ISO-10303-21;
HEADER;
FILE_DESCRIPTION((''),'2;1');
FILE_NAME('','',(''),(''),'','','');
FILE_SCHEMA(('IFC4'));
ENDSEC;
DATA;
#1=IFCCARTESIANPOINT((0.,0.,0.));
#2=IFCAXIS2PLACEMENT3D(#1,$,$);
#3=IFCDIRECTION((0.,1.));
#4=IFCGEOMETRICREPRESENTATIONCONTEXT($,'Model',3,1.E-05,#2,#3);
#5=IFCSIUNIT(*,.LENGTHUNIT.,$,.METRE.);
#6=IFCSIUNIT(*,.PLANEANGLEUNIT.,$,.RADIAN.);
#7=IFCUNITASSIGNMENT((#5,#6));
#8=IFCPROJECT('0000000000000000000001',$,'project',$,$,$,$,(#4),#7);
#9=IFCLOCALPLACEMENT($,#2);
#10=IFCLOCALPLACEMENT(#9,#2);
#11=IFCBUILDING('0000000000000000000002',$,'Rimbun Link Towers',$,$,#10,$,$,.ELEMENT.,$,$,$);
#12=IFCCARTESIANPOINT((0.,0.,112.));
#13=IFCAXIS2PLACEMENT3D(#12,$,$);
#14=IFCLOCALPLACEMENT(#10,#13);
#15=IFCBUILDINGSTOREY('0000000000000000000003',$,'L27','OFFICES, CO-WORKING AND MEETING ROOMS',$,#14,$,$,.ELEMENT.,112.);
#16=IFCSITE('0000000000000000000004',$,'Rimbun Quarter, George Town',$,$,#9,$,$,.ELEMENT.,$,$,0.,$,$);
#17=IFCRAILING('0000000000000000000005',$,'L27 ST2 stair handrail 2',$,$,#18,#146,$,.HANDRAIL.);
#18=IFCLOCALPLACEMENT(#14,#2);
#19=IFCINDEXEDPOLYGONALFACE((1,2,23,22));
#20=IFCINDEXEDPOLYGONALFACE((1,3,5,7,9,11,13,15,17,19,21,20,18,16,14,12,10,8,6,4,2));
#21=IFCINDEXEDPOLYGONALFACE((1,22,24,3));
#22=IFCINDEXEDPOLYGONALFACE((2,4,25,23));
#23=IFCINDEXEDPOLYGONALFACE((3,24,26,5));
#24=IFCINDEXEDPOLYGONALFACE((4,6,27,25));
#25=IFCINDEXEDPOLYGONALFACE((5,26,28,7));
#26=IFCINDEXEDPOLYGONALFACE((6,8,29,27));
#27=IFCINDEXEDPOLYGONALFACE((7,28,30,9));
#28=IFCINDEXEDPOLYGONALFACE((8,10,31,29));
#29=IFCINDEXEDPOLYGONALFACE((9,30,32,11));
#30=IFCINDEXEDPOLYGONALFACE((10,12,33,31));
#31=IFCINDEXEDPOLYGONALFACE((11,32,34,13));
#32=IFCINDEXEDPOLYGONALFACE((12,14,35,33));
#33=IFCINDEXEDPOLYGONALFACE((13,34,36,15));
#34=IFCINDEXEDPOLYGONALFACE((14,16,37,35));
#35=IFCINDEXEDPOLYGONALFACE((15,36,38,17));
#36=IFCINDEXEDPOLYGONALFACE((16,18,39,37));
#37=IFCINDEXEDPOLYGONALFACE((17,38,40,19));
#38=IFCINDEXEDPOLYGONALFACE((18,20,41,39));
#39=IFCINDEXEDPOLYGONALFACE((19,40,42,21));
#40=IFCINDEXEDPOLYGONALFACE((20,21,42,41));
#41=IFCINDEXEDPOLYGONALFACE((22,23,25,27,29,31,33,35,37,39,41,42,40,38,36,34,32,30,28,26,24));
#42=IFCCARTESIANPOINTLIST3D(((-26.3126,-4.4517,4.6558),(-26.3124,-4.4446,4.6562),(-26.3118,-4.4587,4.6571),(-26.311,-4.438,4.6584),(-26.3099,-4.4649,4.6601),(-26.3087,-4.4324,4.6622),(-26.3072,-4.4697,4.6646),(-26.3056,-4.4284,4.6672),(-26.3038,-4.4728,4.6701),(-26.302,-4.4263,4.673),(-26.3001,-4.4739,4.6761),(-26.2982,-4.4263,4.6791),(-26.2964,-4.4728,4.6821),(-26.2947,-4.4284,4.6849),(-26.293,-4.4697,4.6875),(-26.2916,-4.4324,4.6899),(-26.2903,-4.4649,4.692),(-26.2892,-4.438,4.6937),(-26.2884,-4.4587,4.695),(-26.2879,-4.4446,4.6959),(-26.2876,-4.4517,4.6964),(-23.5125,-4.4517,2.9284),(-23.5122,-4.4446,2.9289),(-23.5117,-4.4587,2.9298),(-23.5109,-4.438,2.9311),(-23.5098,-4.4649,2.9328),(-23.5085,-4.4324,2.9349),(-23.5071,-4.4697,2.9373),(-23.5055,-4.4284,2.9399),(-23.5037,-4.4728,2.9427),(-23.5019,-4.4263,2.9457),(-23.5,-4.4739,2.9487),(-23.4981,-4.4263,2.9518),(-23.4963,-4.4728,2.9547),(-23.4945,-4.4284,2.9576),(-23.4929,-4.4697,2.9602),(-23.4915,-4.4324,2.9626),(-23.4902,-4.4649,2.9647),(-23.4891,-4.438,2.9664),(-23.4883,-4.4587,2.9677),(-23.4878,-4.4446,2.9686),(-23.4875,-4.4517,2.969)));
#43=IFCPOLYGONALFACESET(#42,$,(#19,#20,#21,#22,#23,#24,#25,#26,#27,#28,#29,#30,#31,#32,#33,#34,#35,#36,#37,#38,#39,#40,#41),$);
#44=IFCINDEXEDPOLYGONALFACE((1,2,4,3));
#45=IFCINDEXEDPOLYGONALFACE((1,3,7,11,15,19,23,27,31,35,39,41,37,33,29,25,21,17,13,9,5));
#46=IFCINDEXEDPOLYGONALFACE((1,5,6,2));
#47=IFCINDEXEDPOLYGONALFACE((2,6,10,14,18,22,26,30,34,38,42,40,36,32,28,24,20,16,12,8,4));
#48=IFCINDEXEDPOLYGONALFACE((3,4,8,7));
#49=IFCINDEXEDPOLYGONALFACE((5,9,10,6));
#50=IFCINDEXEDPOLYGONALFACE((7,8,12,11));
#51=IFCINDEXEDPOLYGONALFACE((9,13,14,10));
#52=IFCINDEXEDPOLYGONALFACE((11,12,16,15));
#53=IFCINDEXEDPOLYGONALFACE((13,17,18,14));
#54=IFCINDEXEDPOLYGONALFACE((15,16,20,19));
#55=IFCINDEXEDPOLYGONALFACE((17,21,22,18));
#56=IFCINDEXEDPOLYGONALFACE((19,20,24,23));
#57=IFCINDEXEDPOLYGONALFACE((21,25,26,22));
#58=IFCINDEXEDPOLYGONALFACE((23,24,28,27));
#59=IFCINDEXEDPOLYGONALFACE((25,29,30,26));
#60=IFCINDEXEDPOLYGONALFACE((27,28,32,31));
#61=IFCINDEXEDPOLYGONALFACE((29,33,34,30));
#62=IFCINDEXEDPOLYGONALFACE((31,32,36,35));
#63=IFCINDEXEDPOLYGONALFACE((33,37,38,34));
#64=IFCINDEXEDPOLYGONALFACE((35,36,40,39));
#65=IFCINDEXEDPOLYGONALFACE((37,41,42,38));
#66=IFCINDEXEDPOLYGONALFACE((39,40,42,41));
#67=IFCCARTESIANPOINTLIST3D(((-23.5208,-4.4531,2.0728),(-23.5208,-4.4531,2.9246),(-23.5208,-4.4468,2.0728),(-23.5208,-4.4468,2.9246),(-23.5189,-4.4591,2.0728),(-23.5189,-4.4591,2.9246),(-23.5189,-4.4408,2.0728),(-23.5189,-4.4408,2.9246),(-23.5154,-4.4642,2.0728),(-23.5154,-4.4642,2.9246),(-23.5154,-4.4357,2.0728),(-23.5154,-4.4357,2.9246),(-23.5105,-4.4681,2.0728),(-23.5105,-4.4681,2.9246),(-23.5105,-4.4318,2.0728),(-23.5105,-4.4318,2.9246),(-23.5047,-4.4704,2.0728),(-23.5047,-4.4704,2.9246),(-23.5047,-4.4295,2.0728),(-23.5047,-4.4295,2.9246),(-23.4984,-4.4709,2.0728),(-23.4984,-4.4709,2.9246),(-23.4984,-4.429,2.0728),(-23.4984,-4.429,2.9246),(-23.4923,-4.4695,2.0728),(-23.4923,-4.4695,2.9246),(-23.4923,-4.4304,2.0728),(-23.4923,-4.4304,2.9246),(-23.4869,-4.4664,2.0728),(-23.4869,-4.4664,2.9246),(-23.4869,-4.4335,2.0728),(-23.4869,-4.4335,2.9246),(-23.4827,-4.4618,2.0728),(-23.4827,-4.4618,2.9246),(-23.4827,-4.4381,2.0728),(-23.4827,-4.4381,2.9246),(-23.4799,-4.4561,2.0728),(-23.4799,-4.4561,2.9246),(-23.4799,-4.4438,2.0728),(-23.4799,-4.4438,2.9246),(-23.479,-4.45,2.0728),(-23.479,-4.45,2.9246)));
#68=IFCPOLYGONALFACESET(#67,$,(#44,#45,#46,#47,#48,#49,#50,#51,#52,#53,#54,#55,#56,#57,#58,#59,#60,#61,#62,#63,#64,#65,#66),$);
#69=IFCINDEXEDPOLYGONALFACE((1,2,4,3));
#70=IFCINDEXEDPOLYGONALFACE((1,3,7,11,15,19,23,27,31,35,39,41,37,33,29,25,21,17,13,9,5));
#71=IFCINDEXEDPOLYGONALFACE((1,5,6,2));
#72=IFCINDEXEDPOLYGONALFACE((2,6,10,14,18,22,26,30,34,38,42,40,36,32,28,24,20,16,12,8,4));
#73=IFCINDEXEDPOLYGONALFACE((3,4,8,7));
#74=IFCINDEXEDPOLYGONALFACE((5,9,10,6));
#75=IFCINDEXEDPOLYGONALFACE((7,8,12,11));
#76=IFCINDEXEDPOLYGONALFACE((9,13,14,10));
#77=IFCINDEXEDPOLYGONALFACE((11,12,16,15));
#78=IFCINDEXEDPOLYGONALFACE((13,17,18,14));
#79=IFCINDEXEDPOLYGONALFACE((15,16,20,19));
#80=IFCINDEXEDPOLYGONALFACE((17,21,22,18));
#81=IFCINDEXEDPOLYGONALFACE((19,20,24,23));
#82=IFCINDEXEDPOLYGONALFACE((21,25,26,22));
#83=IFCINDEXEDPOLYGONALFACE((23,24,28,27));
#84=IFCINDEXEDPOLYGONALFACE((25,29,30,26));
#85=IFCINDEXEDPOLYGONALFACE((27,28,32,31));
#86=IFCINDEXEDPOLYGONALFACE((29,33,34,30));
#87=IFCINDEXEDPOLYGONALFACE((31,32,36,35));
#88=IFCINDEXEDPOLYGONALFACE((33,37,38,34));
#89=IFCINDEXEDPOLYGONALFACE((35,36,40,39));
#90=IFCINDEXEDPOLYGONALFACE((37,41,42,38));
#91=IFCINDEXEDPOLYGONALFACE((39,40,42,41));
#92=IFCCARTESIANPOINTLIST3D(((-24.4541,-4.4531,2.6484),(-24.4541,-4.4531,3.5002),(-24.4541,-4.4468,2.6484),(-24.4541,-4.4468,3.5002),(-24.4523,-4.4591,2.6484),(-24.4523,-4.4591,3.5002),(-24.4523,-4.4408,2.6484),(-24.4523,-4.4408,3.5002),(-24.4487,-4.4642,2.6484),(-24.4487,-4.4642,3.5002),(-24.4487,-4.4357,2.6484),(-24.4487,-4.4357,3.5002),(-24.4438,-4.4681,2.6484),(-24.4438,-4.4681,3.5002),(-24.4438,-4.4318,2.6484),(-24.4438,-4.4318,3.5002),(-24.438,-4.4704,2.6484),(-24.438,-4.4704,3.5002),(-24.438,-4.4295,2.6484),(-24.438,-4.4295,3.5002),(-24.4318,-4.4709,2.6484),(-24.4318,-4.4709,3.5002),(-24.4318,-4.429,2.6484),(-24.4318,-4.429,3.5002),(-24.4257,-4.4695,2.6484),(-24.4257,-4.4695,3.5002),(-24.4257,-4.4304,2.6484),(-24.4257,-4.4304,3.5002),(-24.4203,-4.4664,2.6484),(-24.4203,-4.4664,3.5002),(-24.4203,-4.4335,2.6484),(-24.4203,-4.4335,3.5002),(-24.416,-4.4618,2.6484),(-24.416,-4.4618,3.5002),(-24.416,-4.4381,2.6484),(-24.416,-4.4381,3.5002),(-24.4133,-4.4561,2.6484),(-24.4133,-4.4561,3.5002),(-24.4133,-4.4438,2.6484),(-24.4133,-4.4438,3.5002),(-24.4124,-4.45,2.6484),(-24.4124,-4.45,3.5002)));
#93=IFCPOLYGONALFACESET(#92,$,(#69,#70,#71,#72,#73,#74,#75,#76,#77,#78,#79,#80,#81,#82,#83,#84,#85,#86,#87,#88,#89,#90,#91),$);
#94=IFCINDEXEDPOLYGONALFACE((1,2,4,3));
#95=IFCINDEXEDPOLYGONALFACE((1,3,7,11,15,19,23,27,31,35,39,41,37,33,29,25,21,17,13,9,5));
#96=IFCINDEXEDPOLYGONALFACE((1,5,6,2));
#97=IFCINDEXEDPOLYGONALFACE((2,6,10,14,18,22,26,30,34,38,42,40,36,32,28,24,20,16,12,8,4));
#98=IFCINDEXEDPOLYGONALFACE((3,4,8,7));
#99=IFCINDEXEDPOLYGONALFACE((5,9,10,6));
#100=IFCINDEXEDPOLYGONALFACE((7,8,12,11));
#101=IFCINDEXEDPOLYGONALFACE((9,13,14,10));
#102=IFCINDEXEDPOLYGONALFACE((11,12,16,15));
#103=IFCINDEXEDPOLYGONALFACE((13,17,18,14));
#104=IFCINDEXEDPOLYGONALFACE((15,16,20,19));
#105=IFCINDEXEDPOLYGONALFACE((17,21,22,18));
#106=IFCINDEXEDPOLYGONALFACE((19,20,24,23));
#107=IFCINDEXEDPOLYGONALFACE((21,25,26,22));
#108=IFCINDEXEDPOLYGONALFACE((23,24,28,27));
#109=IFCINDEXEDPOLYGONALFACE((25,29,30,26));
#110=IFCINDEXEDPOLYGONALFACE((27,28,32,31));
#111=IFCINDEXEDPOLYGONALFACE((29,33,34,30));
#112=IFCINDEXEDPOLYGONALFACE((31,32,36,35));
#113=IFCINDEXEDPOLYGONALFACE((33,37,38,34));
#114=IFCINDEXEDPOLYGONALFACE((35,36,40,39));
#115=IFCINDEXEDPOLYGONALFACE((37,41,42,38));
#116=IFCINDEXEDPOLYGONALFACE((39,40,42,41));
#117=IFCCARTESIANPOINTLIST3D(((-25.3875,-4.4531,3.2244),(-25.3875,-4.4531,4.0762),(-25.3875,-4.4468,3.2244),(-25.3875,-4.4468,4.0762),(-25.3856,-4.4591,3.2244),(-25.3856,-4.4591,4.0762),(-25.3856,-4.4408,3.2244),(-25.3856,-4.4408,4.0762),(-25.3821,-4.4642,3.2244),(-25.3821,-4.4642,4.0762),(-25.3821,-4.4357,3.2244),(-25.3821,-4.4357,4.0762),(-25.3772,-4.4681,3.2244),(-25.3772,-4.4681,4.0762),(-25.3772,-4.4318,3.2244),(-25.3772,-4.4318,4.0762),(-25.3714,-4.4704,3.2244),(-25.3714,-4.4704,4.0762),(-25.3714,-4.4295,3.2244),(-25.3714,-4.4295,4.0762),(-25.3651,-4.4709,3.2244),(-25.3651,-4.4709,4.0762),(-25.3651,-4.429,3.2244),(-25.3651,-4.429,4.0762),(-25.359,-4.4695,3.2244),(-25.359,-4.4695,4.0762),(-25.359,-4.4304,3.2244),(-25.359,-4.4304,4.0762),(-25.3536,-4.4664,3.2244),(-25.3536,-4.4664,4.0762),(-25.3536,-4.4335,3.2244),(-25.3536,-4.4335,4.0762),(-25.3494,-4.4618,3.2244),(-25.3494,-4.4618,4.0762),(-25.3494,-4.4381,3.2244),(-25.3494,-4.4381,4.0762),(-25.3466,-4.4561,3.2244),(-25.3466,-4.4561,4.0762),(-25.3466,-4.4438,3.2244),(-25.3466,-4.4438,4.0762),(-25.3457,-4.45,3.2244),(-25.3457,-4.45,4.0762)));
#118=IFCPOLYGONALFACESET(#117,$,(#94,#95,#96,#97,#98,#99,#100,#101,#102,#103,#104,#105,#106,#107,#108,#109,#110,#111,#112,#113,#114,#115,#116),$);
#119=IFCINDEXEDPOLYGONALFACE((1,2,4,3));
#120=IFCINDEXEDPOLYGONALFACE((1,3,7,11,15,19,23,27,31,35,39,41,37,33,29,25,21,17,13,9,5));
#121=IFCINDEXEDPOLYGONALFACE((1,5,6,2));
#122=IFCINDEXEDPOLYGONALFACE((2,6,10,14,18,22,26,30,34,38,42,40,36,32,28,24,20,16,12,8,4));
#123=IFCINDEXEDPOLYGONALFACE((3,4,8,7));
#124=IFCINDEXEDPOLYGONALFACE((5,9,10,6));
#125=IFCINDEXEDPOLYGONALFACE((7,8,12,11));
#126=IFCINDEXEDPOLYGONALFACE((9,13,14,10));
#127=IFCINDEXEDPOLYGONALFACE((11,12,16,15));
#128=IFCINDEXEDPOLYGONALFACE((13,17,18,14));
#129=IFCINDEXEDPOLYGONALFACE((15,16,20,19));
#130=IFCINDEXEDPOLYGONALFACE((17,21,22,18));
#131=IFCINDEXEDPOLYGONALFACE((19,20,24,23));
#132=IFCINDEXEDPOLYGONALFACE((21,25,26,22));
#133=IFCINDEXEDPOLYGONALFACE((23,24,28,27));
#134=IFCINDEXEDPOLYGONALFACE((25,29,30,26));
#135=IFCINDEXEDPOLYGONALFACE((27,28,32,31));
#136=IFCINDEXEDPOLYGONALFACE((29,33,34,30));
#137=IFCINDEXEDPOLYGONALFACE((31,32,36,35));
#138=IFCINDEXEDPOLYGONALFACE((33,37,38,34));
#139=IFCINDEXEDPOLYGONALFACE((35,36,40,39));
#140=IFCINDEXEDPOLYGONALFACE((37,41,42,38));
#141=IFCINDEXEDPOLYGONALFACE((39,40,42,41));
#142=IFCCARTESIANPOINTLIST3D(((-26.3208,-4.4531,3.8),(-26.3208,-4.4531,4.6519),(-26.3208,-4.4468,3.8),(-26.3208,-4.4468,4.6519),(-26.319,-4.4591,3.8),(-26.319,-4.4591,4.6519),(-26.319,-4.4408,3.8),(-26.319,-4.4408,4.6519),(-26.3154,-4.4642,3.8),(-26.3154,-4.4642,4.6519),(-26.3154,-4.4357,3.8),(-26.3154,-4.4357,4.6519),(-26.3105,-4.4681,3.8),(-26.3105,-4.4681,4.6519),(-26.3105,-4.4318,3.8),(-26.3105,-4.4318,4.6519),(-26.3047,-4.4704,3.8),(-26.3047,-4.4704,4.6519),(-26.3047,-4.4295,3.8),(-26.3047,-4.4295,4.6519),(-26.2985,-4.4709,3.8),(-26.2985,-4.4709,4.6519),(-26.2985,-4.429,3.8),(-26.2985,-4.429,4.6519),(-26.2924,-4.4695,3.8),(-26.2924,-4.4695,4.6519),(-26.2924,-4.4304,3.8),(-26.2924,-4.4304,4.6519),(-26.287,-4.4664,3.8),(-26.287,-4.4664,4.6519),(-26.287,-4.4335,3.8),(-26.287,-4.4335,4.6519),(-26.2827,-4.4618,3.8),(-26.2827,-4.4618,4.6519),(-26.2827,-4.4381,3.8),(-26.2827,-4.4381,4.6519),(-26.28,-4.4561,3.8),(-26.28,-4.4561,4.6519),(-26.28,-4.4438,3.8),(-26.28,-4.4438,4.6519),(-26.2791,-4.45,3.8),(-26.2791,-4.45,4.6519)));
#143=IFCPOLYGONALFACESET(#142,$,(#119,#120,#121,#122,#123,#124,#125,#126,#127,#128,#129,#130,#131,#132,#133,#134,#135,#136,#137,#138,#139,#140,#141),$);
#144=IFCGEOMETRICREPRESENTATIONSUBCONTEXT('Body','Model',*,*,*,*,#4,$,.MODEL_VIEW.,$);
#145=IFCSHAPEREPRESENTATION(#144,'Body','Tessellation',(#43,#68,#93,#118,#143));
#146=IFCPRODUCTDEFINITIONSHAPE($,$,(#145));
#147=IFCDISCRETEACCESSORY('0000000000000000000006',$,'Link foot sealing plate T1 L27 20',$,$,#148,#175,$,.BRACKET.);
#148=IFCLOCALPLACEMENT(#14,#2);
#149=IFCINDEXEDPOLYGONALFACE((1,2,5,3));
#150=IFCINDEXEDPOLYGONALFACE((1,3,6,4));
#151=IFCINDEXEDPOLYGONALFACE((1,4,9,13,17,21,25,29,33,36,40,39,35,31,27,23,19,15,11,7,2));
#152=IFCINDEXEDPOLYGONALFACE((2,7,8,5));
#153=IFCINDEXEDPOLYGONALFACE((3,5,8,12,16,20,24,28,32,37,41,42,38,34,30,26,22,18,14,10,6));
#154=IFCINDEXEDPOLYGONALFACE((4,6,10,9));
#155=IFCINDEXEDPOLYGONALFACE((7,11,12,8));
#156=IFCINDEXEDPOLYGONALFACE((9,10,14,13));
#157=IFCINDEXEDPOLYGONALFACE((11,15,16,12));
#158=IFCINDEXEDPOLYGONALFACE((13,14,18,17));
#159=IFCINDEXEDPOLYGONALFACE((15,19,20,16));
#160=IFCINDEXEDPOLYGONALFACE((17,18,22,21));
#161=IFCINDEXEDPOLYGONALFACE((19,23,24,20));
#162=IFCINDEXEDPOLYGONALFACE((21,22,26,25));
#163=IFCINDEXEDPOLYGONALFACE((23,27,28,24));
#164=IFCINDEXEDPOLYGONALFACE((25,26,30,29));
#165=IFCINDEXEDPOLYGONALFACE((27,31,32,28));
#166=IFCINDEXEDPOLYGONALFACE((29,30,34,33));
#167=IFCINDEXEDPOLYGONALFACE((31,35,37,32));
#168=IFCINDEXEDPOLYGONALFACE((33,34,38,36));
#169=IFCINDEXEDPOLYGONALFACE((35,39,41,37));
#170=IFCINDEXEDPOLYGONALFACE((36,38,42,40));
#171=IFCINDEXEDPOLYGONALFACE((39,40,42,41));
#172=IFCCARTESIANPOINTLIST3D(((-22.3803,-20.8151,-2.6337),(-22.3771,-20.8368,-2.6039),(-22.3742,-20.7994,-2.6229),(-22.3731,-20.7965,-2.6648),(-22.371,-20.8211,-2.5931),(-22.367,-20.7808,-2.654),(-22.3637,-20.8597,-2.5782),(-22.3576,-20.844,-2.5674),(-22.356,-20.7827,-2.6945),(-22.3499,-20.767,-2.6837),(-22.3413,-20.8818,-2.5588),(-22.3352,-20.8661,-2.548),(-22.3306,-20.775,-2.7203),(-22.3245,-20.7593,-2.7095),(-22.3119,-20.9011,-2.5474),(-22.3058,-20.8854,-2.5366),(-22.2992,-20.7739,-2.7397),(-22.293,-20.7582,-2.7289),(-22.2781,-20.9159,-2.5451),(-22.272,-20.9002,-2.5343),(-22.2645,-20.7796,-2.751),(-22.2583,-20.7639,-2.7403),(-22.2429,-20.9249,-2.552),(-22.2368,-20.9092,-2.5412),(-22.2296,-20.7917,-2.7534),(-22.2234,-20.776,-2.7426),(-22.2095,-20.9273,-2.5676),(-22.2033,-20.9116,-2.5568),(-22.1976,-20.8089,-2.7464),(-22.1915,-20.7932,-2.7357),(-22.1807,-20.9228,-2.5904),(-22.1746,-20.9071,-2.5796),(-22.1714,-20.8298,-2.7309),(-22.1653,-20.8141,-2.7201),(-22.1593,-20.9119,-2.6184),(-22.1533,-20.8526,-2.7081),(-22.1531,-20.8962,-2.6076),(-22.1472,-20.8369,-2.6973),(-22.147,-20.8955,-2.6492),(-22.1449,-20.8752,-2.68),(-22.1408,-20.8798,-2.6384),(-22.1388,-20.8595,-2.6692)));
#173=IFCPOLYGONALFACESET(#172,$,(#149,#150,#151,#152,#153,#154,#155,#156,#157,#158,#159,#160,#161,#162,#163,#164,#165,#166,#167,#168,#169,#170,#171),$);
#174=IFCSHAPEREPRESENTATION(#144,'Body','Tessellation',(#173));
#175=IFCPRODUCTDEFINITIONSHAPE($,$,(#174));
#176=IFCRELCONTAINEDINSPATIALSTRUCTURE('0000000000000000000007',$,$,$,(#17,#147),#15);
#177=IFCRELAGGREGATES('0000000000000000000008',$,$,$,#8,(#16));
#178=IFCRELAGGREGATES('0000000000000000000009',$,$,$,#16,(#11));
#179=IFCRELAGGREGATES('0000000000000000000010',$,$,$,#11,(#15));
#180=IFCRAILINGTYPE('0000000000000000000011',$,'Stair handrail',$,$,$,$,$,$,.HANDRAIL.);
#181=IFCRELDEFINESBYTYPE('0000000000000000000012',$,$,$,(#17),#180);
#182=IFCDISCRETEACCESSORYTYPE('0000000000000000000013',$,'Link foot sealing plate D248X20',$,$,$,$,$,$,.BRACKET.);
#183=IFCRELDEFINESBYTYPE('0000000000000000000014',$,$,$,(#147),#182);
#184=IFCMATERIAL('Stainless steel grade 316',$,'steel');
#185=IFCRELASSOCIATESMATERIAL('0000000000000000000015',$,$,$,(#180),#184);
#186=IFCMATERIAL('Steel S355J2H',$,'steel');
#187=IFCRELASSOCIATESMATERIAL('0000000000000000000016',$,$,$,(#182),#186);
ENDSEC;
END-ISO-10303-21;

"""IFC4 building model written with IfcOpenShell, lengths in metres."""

from ifc_helpers import new_model, si_unit, direction, frame, origin, origin_2d, place, context, subcontext, project, spatial, circle, extrude, material, material_profile, profile_set, type_object, element, save


model = new_model("IFC4")

# Units and contexts
model_context = context("Model", 3, precision=1e-05, world=origin(), true_north=direction((0.0, 1.0)))
body_context = subcontext(model_context, "Body", "Model", "MODEL_VIEW")
ifc_project = project(units=[si_unit("LENGTHUNIT", "METRE"), si_unit("PLANEANGLEUNIT", "RADIAN")], contexts=[model_context])

# Site, building, storey
site_placement = place(None, origin())
site = spatial("IfcSite", under=ifc_project, at=site_placement, Name="Rimbun Quarter, George Town", CompositionType="ELEMENT", RefElevation=0.0)
building_placement = place(site_placement, origin())
building = spatial("IfcBuilding", under=site, at=building_placement, Name="Rimbun Link Towers", CompositionType="ELEMENT")
storey_placement = place(building_placement, frame((0.0, 0.0, 112.0)))
storey = spatial("IfcBuildingStorey", under=building, at=storey_placement, Name="L27", Description="OFFICES, CO-WORKING AND MEETING ROOMS", CompositionType="ELEMENT", Elevation=112.0)

# Railing
ifc_material_1 = material(Name="Stainless steel grade 316", Category="steel")
railing_type_1 = type_object("IfcRailingType", Name="Stair handrail", PredefinedType="HANDRAIL", material=ifc_material_1)
railing_1_placement = place(storey_placement, frame((-23.5, -4.45, 2.0728)))
element("IfcRailing", 1, at=railing_1_placement, inside=storey, type_object=railing_type_1, Name="L27 ST2 stair handrail 2", PredefinedType="HANDRAIL", context=body_context, shape_type="SweptSolid", body=[
    extrude(circle(Radius=0.0239, at=origin_2d()), frame((0.0, 0.0, 0.876), z_axis=(-0.85109, 0.0, 0.52502), x_axis=(0.0, -1.0, 0.0)), (0.0, 0.0, 1.0), 3.29),
    extrude(circle(Radius=0.021, at=origin_2d()), origin(), (0.0, 0.0, 1.0), 0.8518),
    extrude(circle(Radius=0.021, at=origin_2d()), frame((-0.9333, 0.0, 0.5757)), (0.0, 0.0, 1.0), 0.8518),
    extrude(circle(Radius=0.021, at=origin_2d()), frame((-1.8667, 0.0, 1.1516)), (0.0, 0.0, 1.0), 0.8518),
    extrude(circle(Radius=0.021, at=origin_2d()), frame((-2.8, 0.0, 1.7273)), (0.0, 0.0, 1.0), 0.8518),
])

# Discrete accessory
ifc_material_2 = material(Name="Steel S355J2H", Category="steel")
ifc_material_profile_1 = material_profile(ifc_material_2, circle(Radius=0.124, at=origin_2d()), Name="PL D248")
ifc_profile_set_1 = profile_set([ifc_material_profile_1], Name="Steel S355J2H")
discrete_accessory_type = type_object("IfcDiscreteAccessoryType", Name="Link foot sealing plate D248X20", PredefinedType="BRACKET", material=ifc_profile_set_1)
discrete_accessory_placement = place(storey_placement, frame((-22.2563, -20.8347, -2.6384), z_axis=(-0.306408, -0.784406, -0.539279), x_axis=(0.931457, -0.363851, 0.0)))
element("IfcDiscreteAccessory", 2, at=discrete_accessory_placement, inside=storey, type_object=discrete_accessory_type, Name="Link foot sealing plate T1 L27 20", PredefinedType="BRACKET", context=body_context, shape_type="SweptSolid", body=[
    extrude(circle(Radius=0.124, at=origin_2d()), origin(), (0.0, 0.0, 1.0), 0.02),
])

save(model, "model.ifc")
